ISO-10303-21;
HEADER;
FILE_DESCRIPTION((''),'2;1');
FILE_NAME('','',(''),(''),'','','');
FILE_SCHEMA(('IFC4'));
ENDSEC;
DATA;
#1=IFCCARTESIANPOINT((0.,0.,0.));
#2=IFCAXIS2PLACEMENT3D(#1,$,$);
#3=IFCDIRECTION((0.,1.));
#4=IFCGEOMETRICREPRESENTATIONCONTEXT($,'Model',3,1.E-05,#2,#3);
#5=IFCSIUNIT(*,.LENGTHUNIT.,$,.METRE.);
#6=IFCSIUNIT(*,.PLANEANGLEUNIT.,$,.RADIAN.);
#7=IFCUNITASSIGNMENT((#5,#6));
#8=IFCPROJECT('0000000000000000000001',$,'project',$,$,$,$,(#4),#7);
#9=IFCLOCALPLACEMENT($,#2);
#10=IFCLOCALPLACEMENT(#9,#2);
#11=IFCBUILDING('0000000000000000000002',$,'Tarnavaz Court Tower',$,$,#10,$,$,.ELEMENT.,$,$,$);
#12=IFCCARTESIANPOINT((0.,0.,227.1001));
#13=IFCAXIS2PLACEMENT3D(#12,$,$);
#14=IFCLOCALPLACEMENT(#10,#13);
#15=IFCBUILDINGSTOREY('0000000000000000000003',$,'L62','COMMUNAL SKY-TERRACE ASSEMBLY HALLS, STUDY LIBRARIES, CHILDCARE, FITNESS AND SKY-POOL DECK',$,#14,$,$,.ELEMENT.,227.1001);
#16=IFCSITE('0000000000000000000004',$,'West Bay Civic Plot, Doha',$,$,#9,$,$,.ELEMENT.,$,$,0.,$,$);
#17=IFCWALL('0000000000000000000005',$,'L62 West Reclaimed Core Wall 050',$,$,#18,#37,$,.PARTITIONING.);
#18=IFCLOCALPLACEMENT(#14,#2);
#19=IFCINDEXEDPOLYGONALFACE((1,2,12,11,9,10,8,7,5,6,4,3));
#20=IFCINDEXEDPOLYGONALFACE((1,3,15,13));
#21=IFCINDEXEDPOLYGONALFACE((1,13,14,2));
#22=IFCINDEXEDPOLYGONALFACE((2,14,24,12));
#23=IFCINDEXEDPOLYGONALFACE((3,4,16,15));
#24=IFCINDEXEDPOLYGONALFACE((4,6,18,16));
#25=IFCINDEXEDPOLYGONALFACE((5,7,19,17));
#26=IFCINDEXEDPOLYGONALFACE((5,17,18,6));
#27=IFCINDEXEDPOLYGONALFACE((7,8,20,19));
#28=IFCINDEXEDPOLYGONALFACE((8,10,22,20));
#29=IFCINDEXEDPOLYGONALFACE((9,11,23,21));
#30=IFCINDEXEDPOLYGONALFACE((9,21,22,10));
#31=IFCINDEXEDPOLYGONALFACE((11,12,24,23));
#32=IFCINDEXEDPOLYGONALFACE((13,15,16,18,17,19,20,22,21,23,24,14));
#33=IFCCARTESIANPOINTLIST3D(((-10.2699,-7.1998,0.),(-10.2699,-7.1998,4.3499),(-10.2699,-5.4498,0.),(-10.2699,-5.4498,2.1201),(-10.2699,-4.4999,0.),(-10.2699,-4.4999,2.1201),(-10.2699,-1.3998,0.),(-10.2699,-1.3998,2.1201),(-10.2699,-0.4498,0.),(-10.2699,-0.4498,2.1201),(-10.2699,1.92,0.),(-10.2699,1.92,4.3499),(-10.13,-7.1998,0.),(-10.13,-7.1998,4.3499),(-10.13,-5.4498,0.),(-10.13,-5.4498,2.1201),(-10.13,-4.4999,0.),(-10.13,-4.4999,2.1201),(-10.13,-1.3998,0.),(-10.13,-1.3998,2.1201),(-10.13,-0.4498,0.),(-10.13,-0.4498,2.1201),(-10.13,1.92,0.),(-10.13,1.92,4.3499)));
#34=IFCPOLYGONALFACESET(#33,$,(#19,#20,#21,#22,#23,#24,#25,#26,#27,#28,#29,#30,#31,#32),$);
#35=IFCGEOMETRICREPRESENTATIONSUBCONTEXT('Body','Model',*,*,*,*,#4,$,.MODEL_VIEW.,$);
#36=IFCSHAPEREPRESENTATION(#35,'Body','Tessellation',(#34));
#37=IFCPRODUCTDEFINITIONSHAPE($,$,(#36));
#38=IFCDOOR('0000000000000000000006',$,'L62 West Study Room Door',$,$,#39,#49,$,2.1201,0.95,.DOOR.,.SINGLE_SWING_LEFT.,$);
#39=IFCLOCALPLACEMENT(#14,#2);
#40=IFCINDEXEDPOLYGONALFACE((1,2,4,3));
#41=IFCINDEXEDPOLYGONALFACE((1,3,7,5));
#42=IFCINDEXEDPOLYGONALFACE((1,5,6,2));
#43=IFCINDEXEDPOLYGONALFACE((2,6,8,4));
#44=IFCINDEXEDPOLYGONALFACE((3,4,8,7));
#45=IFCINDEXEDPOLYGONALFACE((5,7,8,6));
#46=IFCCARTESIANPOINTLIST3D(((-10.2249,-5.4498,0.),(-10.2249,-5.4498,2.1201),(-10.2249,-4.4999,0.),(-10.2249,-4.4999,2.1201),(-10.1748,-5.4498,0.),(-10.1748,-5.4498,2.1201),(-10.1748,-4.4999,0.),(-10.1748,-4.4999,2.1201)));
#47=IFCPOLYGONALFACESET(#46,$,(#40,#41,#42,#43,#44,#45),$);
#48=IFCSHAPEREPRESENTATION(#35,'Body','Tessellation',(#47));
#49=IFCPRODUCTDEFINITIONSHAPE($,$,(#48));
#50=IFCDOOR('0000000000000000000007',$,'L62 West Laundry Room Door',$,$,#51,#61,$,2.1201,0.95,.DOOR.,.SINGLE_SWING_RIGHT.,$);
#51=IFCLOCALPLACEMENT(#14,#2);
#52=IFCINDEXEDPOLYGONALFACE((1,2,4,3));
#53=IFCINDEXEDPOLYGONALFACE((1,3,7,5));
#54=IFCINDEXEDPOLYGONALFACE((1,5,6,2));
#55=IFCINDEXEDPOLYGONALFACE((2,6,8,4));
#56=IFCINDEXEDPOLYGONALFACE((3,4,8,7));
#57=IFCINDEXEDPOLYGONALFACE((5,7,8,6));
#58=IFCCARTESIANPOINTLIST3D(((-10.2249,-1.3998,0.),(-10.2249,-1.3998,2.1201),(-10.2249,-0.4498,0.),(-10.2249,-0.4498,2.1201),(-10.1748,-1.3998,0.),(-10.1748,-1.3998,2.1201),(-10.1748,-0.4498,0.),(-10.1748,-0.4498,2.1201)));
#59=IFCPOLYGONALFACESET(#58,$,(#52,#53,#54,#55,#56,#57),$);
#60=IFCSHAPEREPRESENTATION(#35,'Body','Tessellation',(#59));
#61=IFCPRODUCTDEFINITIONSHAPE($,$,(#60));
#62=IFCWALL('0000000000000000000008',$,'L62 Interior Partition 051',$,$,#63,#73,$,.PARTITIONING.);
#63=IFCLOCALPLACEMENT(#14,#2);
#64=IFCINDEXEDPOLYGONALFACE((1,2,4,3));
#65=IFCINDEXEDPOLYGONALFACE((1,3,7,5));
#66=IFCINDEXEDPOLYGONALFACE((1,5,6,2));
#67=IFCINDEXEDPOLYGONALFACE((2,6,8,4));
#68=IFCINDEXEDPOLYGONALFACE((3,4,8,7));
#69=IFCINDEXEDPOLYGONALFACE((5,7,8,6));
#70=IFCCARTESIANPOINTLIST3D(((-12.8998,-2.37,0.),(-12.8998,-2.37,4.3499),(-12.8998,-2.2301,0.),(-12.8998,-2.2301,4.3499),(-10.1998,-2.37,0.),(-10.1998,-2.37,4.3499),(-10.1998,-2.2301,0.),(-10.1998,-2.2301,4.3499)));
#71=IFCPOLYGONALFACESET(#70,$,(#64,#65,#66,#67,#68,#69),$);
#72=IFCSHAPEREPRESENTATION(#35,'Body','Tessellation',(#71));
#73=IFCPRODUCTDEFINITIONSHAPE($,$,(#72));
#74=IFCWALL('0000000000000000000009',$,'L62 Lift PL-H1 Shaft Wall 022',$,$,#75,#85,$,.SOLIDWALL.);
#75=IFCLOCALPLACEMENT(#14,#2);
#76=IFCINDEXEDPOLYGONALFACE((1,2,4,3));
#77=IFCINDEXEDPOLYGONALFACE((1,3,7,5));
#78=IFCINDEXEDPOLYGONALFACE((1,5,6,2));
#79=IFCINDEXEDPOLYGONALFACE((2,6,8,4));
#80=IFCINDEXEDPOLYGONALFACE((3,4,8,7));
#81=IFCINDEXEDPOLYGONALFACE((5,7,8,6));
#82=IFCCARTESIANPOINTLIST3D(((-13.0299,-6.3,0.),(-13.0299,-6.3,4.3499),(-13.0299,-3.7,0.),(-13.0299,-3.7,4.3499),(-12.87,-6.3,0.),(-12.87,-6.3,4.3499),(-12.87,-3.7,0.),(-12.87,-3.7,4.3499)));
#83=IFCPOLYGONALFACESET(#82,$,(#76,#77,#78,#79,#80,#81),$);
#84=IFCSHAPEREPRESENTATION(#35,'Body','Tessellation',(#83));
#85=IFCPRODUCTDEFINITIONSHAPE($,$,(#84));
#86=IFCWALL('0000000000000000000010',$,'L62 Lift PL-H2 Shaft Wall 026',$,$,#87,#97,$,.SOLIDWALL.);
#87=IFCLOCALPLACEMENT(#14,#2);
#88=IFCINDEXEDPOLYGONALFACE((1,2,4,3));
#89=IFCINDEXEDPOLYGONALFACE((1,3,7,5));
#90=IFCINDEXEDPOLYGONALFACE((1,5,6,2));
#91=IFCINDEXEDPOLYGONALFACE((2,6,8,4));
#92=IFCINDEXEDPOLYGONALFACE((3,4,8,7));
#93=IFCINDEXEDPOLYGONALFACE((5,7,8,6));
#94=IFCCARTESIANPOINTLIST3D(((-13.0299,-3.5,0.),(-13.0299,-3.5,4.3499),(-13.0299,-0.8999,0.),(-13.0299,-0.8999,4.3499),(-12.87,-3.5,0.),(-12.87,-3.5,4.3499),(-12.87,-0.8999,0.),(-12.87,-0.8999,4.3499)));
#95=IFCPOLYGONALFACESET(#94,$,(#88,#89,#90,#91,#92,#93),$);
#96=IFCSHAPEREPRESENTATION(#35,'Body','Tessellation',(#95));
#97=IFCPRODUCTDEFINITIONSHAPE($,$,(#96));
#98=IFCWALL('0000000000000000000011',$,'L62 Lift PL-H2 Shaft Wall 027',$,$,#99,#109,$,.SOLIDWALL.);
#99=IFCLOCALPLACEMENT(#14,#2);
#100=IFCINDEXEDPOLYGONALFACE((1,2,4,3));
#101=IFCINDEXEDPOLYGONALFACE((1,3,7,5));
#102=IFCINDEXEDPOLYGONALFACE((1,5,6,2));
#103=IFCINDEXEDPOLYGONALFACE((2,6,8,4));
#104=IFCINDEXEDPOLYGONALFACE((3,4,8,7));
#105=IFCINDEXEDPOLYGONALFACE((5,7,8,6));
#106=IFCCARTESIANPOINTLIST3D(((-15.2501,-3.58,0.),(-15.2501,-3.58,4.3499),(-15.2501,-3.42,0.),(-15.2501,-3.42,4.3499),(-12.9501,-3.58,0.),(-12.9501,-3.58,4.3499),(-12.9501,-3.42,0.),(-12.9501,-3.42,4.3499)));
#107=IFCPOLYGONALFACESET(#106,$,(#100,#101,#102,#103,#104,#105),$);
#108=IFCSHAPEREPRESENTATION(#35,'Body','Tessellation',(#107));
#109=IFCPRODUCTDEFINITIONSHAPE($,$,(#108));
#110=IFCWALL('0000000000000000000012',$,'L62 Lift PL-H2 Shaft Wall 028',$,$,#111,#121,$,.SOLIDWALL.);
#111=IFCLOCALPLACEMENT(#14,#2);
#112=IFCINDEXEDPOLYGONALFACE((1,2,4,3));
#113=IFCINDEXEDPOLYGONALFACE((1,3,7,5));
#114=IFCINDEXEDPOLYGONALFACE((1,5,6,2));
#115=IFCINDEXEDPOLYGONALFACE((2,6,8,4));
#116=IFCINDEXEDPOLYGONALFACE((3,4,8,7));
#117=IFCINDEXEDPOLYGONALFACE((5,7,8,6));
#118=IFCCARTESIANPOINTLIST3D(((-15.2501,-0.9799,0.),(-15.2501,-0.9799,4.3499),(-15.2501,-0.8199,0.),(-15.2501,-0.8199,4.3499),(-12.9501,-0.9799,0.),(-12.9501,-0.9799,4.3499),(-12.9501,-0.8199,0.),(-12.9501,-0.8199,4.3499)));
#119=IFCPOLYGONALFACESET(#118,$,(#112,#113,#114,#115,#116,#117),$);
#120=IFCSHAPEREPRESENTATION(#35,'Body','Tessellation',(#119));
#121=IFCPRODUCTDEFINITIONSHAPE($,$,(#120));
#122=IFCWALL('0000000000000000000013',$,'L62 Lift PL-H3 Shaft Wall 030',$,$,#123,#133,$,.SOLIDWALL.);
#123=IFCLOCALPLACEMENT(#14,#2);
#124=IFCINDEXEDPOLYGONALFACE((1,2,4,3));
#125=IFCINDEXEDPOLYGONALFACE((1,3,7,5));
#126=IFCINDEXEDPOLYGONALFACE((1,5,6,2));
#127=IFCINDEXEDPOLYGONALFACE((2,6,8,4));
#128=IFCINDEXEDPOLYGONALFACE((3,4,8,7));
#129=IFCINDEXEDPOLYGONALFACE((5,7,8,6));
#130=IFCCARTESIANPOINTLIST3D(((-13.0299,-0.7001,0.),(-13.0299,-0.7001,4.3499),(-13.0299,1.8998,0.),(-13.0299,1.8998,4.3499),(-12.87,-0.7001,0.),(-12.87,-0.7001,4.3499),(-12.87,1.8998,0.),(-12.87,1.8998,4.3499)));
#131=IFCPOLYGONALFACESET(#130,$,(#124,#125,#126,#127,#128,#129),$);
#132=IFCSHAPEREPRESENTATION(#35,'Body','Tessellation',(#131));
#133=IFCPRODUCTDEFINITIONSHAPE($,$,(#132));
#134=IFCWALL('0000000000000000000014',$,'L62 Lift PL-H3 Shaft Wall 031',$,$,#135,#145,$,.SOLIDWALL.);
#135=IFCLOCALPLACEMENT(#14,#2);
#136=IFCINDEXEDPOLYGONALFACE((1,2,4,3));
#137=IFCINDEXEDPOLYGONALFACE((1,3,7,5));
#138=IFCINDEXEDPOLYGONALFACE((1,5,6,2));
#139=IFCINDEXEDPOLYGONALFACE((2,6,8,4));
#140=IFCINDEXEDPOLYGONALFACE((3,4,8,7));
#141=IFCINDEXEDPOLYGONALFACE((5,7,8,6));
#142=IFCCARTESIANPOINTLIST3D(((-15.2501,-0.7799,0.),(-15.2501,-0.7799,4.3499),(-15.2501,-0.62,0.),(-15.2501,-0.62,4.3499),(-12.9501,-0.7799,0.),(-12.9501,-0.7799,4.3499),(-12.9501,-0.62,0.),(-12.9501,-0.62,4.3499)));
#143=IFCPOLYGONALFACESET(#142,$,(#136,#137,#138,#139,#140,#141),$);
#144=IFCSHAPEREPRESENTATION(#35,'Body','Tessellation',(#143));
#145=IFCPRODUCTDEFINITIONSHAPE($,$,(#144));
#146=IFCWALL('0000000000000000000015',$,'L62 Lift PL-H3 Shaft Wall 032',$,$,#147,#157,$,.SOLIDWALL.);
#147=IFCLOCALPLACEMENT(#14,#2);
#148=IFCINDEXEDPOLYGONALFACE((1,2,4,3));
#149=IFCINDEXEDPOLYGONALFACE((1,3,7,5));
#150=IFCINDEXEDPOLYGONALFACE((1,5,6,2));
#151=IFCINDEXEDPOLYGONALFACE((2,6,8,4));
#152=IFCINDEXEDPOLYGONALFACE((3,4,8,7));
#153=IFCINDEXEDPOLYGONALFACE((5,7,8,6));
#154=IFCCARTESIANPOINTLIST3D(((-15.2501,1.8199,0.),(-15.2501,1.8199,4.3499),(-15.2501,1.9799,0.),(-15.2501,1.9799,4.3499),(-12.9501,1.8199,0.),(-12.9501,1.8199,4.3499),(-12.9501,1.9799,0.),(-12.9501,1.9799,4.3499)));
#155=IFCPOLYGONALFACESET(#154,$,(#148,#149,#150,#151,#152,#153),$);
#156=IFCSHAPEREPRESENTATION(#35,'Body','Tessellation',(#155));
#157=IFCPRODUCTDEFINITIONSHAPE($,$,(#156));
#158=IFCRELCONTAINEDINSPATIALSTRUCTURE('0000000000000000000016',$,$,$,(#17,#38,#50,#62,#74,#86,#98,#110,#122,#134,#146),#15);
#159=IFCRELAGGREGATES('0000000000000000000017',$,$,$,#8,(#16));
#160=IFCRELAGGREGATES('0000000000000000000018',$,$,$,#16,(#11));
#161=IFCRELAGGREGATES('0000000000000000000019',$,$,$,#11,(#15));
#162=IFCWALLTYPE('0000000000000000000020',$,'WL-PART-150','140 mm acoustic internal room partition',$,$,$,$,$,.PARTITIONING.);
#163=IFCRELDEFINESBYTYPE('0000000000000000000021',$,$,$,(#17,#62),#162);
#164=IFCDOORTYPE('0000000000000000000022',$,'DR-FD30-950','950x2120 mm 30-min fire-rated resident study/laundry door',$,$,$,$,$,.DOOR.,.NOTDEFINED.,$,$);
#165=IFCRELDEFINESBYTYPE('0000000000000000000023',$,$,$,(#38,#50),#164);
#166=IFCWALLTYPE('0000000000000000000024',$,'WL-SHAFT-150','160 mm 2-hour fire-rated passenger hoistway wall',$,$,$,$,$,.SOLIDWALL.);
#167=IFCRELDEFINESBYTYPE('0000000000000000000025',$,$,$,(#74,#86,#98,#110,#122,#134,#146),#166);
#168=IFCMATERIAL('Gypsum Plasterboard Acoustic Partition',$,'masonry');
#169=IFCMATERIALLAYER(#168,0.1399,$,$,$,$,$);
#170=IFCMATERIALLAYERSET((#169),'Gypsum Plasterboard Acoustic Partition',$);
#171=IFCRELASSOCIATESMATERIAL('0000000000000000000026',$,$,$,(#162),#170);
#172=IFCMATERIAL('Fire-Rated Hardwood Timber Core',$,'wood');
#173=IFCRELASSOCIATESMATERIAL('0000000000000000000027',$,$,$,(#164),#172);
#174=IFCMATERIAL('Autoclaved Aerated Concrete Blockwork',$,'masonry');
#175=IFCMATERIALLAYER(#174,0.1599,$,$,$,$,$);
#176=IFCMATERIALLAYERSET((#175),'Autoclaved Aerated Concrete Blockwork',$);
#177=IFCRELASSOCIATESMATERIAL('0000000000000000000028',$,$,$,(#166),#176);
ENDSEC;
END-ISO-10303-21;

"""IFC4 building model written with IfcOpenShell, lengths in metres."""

from ifc_helpers import new_model, si_unit, direction, frame, frame_2d, origin, place, context, subcontext, project, spatial, rectangle, extrude, material, layer, layer_set, type_object, element, fill, save


model = new_model("IFC4")

# Units and contexts
model_context = context("Model", 3, precision=1e-05, world=origin(), true_north=direction((0.0, 1.0)))
body_context = subcontext(model_context, "Body", "Model", "MODEL_VIEW")
ifc_project = project(units=[si_unit("LENGTHUNIT", "METRE"), si_unit("PLANEANGLEUNIT", "RADIAN")], contexts=[model_context])

# Site, building, storey
site_placement = place(None, origin())
site = spatial("IfcSite", under=ifc_project, at=site_placement, Name="West Bay Civic Plot, Doha", CompositionType="ELEMENT", RefElevation=0.0)
building_placement = place(site_placement, origin())
building = spatial("IfcBuilding", under=site, at=building_placement, Name="Tarnavaz Court Tower", CompositionType="ELEMENT")
storey_placement = place(building_placement, frame((0.0, 0.0, 227.1001)))
storey = spatial("IfcBuildingStorey", under=building, at=storey_placement, Name="L62", Description="COMMUNAL SKY-TERRACE ASSEMBLY HALLS, STUDY LIBRARIES, CHILDCARE, FITNESS AND SKY-POOL DECK", CompositionType="ELEMENT", Elevation=227.1001)

# Wall, openings, doors
ifc_material_1 = material(Name="Gypsum Plasterboard Acoustic Partition", Category="masonry")
ifc_layer_1 = layer(ifc_material_1, 0.1399)
ifc_layer_set_1 = layer_set([ifc_layer_1], Name="Gypsum Plasterboard Acoustic Partition")
wall_type_1 = type_object("IfcWallType", Name="WL-PART-150", Description="140 mm acoustic internal room partition", PredefinedType="PARTITIONING", material=ifc_layer_set_1)
wall_1_placement = place(storey_placement, frame((-10.2, -7.2, 0.0), z_axis=(0.0, 0.0, 1.0), x_axis=(0.0, 1.0, 0.0)))
wall_1 = element("IfcWall", 1, at=wall_1_placement, inside=storey, type_object=wall_type_1, Name="L62 West Reclaimed Core Wall 050", PredefinedType="PARTITIONING", context=body_context, shape_type="SweptSolid", body=[
    extrude(rectangle(XDim=9.1199, YDim=0.1399, at=frame_2d((4.5601, 0.0))), origin(), (0.0, 0.0, 1.0), 4.3499),
])
opening_1_placement = place(wall_1_placement, frame((1.75, 0.0, 0.0)))
opening_1 = element("IfcOpeningElement", 2, at=opening_1_placement, cuts=wall_1, PredefinedType="OPENING", context=body_context, shape_type="SweptSolid", body=[
    extrude(rectangle(XDim=0.95, YDim=2.1201, at=frame_2d((0.4751, 1.0601))), frame((0.0, 0.0798, 0.0), z_axis=(0.0, -1.0, 0.0), x_axis=(1.0, 0.0, 0.0)), (0.0, 0.0, 1.0), 0.1599),
])
opening_2_placement = place(wall_1_placement, frame((5.8, 0.0, 0.0)))
opening_2 = element("IfcOpeningElement", 3, at=opening_2_placement, cuts=wall_1, PredefinedType="OPENING", context=body_context, shape_type="SweptSolid", body=[
    extrude(rectangle(XDim=0.95, YDim=2.1201, at=frame_2d((0.4751, 1.0601))), frame((0.0, 0.0798, 0.0), z_axis=(0.0, -1.0, 0.0), x_axis=(1.0, 0.0, 0.0)), (0.0, 0.0, 1.0), 0.1599),
])
ifc_material_2 = material(Name="Fire-Rated Hardwood Timber Core", Category="wood")
door_type_1 = type_object("IfcDoorType", Name="DR-FD30-950", Description="950x2120 mm 30-min fire-rated resident study/laundry door", OperationType="NOTDEFINED", PredefinedType="DOOR", material=ifc_material_2)
door_1_placement = place(opening_1_placement, origin())
door_1 = element("IfcDoor", 4, at=door_1_placement, inside=storey, type_object=door_type_1, Name="L62 West Study Room Door", OperationType="SINGLE_SWING_LEFT", OverallHeight=2.1201, OverallWidth=0.95, PredefinedType="DOOR", context=body_context, shape_type="SweptSolid", body=[
    extrude(rectangle(XDim=0.95, YDim=2.1201, at=frame_2d((0.4751, 1.0601))), frame((0.0, 0.0249, 0.0), z_axis=(0.0, -1.0, 0.0), x_axis=(1.0, 0.0, 0.0)), (0.0, 0.0, 1.0), 0.05),
])
fill(opening_1, door_1)
door_2_placement = place(opening_2_placement, origin())
door_2 = element("IfcDoor", 5, at=door_2_placement, inside=storey, type_object=door_type_1, Name="L62 West Laundry Room Door", OperationType="SINGLE_SWING_RIGHT", OverallHeight=2.1201, OverallWidth=0.95, PredefinedType="DOOR", context=body_context, shape_type="SweptSolid", body=[
    extrude(rectangle(XDim=0.95, YDim=2.1201, at=frame_2d((0.4751, 1.0601))), frame((0.0, 0.0249, 0.0), z_axis=(0.0, -1.0, 0.0), x_axis=(1.0, 0.0, 0.0)), (0.0, 0.0, 1.0), 0.05),
])
fill(opening_2, door_2)

# Walls
wall_2_placement = place(storey_placement, frame((-12.8999, -2.3, 0.0), z_axis=(0.0, 0.0, 1.0), x_axis=(1.0, 0.0, 0.0)))
element("IfcWall", 6, at=wall_2_placement, inside=storey, type_object=wall_type_1, Name="L62 Interior Partition 051", PredefinedType="PARTITIONING", context=body_context, shape_type="SweptSolid", body=[
    extrude(rectangle(XDim=2.7, YDim=0.1399, at=frame_2d((1.3501, 0.0))), origin(), (0.0, 0.0, 1.0), 4.3499),
])
ifc_material_3 = material(Name="Autoclaved Aerated Concrete Blockwork", Category="masonry")
ifc_layer_2 = layer(ifc_material_3, 0.1599)
ifc_layer_set_2 = layer_set([ifc_layer_2], Name="Autoclaved Aerated Concrete Blockwork")
wall_type_2 = type_object("IfcWallType", Name="WL-SHAFT-150", Description="160 mm 2-hour fire-rated passenger hoistway wall", PredefinedType="SOLIDWALL", material=ifc_layer_set_2)
wall_3_placement = place(storey_placement, frame((-12.95, -6.3, 0.0), z_axis=(0.0, 0.0, 1.0), x_axis=(0.0, 1.0, 0.0)))
element("IfcWall", 7, at=wall_3_placement, inside=storey, type_object=wall_type_2, Name="L62 Lift PL-H1 Shaft Wall 022", PredefinedType="SOLIDWALL", context=body_context, shape_type="SweptSolid", body=[
    extrude(rectangle(XDim=2.6001, YDim=0.1599, at=frame_2d((1.3, 0.0))), origin(), (0.0, 0.0, 1.0), 4.3499),
])

# Walls
wall_4_placement = place(storey_placement, frame((-12.95, -3.5, 0.0), z_axis=(0.0, 0.0, 1.0), x_axis=(0.0, 1.0, 0.0)))
element("IfcWall", 8, at=wall_4_placement, inside=storey, type_object=wall_type_2, Name="L62 Lift PL-H2 Shaft Wall 026", PredefinedType="SOLIDWALL", context=body_context, shape_type="SweptSolid", body=[
    extrude(rectangle(XDim=2.6001, YDim=0.1599, at=frame_2d((1.3, 0.0))), origin(), (0.0, 0.0, 1.0), 4.3499),
])
for number, where, z_axis, x_axis, name in (
    (9, (-15.25, -3.5, 0.0), (0.0, 0.0, 1.0), (1.0, 0.0, 0.0), "L62 Lift PL-H2 Shaft Wall 027"),
    (10, (-15.25, -0.8999, 0.0), (0.0, 0.0, 1.0), (1.0, 0.0, 0.0), "L62 Lift PL-H2 Shaft Wall 028"),
):
    element("IfcWall", number, at=place(storey_placement, frame(where, z_axis=z_axis, x_axis=x_axis)), inside=storey, type_object=wall_type_2, Name=name, PredefinedType="SOLIDWALL", context=body_context, shape_type="SweptSolid", body=[
        extrude(rectangle(XDim=2.3, YDim=0.1599, at=frame_2d((1.1499, 0.0))), origin(), (0.0, 0.0, 1.0), 4.3499),
    ])

# Walls
wall_5_placement = place(storey_placement, frame((-12.95, -0.7, 0.0), z_axis=(0.0, 0.0, 1.0), x_axis=(0.0, 1.0, 0.0)))
element("IfcWall", 11, at=wall_5_placement, inside=storey, type_object=wall_type_2, Name="L62 Lift PL-H3 Shaft Wall 030", PredefinedType="SOLIDWALL", context=body_context, shape_type="SweptSolid", body=[
    extrude(rectangle(XDim=2.5999, YDim=0.1599, at=frame_2d((1.2998, 0.0))), origin(), (0.0, 0.0, 1.0), 4.3499),
])
for number, where, z_axis, x_axis, name in (
    (12, (-15.25, -0.7, 0.0), (0.0, 0.0, 1.0), (1.0, 0.0, 0.0), "L62 Lift PL-H3 Shaft Wall 031"),
    (13, (-15.25, 1.8999, 0.0), (0.0, 0.0, 1.0), (1.0, 0.0, 0.0), "L62 Lift PL-H3 Shaft Wall 032"),
):
    element("IfcWall", number, at=place(storey_placement, frame(where, z_axis=z_axis, x_axis=x_axis)), inside=storey, type_object=wall_type_2, Name=name, PredefinedType="SOLIDWALL", context=body_context, shape_type="SweptSolid", body=[
        extrude(rectangle(XDim=2.3, YDim=0.1599, at=frame_2d((1.1499, 0.0))), origin(), (0.0, 0.0, 1.0), 4.3499),
    ])

save(model, "model.ifc")
